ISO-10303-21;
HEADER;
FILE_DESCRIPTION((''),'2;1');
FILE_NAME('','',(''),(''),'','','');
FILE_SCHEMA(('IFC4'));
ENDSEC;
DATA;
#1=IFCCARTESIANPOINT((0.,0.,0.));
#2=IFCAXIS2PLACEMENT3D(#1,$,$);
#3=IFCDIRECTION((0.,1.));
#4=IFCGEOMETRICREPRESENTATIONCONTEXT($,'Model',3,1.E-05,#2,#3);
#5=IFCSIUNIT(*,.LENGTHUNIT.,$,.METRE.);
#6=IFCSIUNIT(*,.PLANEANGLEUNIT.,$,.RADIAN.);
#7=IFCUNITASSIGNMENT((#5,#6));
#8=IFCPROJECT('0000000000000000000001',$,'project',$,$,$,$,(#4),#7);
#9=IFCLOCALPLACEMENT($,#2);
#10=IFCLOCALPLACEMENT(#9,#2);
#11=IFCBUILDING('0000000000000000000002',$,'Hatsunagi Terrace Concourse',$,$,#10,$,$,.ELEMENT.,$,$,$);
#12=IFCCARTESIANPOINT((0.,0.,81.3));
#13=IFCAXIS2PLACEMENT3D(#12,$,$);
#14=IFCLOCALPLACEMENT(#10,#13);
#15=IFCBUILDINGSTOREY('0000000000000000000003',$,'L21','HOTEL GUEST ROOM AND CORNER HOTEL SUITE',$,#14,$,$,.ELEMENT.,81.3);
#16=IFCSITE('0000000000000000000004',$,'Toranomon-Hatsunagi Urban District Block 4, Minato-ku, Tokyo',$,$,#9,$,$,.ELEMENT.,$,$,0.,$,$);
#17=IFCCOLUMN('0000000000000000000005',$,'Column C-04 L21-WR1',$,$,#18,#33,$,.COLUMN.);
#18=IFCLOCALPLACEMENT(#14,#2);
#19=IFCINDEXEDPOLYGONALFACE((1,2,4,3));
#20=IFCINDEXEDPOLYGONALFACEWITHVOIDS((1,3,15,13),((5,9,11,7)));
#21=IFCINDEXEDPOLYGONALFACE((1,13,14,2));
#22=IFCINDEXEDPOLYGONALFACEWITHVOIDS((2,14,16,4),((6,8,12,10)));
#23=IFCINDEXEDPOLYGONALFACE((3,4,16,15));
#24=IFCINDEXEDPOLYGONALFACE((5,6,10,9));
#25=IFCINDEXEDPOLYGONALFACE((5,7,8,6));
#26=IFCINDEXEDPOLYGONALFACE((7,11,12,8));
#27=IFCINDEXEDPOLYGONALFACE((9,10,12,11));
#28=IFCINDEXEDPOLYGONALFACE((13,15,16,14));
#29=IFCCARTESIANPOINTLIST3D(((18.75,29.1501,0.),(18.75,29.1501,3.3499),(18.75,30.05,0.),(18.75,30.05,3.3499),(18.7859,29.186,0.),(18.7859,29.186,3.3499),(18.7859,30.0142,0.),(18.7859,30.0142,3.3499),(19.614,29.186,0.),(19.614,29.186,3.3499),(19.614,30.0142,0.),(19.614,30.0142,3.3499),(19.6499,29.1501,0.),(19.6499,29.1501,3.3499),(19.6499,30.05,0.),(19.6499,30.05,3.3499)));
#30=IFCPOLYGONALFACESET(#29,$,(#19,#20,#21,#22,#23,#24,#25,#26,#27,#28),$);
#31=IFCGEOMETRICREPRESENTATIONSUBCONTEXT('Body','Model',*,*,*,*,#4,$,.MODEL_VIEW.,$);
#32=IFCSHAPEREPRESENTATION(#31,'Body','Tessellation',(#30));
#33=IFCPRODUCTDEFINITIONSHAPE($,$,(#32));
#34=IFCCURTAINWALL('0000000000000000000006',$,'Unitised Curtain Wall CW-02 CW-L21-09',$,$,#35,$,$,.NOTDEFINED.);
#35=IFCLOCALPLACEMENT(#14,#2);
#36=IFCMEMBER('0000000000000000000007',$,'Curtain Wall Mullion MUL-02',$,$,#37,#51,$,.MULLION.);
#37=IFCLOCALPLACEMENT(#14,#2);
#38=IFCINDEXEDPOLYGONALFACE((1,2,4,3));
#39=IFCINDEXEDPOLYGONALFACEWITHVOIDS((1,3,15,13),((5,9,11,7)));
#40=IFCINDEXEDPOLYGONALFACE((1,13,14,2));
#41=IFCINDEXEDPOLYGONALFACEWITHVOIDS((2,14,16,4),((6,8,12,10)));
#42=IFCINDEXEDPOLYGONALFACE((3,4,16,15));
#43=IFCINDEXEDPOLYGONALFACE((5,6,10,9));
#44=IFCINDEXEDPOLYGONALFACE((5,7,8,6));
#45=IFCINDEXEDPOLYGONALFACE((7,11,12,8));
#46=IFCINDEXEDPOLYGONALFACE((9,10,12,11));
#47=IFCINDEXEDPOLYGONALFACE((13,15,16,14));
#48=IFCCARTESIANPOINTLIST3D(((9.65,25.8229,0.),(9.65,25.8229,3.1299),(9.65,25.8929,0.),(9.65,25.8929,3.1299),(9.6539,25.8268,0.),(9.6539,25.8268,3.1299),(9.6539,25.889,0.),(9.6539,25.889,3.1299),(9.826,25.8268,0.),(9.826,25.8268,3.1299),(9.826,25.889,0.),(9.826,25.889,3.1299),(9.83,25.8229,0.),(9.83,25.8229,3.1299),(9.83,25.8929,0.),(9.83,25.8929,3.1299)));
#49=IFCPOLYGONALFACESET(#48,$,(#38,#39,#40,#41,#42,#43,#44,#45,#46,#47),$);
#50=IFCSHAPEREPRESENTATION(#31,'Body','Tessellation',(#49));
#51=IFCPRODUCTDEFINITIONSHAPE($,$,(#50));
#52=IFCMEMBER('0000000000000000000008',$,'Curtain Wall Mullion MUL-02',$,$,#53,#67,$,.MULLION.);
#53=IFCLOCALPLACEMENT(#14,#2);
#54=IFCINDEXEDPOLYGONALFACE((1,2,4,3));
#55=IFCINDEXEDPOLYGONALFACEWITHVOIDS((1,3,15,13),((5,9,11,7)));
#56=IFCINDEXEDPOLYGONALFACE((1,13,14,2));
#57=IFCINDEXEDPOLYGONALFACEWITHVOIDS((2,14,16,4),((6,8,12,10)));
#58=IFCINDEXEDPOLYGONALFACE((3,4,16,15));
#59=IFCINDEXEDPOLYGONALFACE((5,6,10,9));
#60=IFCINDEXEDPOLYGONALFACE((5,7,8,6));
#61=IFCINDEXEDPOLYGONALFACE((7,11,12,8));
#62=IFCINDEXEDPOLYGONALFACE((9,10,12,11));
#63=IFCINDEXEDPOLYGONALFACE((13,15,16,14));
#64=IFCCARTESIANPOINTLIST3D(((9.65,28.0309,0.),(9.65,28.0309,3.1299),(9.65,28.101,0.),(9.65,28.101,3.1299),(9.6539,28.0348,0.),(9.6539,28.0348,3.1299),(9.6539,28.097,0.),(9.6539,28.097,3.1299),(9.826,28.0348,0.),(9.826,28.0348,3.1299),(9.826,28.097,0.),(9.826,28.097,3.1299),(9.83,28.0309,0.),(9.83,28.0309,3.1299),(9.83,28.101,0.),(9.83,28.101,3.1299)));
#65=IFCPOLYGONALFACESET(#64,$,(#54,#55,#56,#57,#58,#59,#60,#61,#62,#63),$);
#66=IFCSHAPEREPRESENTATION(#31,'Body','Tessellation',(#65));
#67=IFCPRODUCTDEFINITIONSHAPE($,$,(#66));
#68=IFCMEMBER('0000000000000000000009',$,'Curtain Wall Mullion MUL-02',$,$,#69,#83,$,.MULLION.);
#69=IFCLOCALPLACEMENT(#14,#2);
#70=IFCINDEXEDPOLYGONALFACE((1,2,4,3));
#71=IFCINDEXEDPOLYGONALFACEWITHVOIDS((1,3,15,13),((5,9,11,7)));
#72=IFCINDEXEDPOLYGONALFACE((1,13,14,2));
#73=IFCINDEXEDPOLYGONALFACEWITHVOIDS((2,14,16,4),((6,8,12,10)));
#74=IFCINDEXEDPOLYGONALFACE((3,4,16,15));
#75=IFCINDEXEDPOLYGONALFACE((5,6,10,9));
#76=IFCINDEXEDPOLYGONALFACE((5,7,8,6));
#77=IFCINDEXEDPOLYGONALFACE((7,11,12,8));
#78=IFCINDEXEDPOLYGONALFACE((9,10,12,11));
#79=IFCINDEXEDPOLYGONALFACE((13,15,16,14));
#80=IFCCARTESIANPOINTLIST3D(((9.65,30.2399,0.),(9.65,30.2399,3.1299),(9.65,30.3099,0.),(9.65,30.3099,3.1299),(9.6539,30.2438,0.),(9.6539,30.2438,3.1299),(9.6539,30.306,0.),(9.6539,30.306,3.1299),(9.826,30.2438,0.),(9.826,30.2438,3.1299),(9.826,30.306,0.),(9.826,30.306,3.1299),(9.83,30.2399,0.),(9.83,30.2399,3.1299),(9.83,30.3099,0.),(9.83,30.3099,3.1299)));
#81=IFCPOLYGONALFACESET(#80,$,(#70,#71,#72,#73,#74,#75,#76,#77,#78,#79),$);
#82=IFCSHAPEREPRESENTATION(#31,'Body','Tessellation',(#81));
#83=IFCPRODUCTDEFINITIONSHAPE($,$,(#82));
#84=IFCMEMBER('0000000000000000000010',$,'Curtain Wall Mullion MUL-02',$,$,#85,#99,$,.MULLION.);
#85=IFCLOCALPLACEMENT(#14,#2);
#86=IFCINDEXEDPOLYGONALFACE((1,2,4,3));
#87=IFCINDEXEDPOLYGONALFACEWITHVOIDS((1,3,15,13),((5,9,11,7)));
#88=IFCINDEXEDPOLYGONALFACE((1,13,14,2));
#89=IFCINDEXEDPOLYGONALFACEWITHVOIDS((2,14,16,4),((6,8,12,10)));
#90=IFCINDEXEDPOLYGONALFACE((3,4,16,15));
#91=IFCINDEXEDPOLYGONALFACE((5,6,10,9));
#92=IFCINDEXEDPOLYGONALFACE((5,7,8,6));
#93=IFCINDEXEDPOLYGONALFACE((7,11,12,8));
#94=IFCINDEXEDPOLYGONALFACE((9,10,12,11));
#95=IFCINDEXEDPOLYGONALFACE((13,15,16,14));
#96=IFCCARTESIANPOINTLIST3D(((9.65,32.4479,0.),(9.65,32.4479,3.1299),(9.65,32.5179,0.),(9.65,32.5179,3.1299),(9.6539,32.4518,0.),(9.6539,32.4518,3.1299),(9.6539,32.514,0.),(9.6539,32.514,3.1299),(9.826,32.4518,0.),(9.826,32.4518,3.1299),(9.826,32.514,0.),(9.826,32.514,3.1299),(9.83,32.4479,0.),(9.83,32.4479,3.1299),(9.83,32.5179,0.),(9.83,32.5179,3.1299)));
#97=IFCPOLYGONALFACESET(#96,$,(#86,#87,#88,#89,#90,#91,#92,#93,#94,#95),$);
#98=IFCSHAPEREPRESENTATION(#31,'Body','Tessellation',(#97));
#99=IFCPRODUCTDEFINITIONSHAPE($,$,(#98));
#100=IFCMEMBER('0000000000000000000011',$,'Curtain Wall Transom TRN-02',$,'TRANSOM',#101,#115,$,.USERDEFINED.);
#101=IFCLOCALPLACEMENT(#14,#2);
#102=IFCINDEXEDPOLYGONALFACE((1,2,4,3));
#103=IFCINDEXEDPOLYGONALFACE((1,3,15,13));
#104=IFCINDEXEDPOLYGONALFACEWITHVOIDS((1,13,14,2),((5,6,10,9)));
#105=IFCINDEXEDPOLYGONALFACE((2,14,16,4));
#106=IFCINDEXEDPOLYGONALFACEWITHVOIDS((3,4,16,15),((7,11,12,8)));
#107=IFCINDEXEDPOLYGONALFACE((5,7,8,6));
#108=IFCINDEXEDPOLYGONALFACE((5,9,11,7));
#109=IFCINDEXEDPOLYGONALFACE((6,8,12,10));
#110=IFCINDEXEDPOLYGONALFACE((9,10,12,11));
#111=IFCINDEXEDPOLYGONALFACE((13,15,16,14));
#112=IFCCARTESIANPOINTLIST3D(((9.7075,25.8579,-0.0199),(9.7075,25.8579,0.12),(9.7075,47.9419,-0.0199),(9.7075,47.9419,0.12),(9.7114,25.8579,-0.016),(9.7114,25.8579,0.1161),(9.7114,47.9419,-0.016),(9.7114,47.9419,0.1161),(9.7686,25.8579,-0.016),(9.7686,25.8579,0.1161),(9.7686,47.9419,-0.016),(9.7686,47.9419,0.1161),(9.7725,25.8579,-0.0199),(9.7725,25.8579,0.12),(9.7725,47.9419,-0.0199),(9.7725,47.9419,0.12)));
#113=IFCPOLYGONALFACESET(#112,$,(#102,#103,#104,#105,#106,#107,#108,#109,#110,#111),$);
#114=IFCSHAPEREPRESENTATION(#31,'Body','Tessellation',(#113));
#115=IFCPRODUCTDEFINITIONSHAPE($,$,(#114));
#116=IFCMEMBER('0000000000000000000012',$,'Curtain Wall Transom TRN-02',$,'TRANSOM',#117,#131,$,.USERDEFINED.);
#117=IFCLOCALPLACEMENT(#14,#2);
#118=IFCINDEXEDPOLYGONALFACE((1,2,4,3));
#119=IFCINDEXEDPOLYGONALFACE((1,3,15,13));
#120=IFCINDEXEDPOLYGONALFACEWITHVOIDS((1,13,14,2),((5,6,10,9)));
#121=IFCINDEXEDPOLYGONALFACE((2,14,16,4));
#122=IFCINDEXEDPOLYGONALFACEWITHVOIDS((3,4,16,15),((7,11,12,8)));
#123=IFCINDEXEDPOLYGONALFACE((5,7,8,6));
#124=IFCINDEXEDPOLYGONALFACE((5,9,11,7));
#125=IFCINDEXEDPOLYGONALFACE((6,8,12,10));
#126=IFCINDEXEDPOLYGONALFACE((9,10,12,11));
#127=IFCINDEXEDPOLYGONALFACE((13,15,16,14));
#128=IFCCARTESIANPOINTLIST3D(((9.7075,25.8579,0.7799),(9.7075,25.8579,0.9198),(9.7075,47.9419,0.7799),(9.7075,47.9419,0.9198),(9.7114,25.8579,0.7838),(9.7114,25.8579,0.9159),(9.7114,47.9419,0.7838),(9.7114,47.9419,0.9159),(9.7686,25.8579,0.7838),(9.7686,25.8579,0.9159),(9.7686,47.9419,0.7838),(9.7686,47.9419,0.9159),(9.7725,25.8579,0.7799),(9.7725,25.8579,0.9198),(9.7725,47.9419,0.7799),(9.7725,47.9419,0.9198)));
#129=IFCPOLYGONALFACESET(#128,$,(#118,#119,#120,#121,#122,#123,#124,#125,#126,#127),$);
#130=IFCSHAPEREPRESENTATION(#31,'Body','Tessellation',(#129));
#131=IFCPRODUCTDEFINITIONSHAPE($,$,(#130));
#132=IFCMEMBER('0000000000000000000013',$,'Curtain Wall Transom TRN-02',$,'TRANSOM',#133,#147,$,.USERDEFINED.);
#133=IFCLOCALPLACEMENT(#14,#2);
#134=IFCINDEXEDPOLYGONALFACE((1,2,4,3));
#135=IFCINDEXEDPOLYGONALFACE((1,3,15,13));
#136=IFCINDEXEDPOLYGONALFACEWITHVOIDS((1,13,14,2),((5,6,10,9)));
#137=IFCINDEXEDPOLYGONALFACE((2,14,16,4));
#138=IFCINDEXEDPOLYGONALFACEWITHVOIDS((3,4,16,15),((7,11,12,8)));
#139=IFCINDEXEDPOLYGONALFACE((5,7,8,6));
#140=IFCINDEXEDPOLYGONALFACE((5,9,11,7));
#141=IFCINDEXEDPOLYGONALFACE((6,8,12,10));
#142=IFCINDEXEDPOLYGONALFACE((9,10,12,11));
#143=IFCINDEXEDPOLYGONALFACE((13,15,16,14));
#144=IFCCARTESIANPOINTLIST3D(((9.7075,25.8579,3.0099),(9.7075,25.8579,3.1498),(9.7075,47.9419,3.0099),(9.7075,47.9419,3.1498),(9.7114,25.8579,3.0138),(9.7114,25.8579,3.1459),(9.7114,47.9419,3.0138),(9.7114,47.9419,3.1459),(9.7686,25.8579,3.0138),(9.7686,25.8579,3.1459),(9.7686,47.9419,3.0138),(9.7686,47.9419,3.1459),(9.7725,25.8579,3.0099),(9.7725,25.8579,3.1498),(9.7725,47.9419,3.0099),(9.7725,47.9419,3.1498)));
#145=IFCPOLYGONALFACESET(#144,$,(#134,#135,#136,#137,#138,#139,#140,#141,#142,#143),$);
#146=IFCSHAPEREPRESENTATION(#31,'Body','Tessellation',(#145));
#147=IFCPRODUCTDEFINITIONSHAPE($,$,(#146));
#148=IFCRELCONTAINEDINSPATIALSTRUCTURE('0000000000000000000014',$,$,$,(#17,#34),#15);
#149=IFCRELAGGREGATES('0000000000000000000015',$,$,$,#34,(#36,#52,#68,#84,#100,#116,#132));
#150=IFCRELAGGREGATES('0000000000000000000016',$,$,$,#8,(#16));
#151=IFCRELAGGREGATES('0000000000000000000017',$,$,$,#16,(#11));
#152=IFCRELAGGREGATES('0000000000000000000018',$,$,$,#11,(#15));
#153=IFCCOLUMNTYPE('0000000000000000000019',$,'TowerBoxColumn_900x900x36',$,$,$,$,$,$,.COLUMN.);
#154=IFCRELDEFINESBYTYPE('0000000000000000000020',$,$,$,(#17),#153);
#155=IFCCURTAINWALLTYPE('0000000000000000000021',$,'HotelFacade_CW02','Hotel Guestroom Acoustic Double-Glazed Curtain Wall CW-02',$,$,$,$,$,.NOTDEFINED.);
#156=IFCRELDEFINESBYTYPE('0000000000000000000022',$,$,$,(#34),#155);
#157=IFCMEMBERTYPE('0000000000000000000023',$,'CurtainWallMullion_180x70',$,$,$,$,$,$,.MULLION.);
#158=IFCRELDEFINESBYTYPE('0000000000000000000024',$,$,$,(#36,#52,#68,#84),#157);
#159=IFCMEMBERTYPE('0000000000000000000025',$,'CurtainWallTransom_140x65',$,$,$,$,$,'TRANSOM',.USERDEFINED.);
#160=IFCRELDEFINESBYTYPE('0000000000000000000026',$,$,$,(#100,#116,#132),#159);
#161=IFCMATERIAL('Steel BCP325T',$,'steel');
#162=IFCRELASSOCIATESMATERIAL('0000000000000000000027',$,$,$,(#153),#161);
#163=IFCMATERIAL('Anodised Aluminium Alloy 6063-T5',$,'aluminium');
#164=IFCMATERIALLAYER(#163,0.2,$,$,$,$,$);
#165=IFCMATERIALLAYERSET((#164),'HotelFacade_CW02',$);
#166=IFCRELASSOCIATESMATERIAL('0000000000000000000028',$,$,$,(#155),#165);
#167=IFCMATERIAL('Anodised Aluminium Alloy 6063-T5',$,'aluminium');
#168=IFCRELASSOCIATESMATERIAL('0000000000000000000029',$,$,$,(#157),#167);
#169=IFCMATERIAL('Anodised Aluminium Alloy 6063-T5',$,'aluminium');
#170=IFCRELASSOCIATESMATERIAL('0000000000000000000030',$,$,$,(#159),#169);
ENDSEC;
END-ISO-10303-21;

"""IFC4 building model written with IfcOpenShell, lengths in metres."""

from ifc_helpers import new_model, si_unit, direction, frame, origin, origin_2d, place, context, subcontext, project, spatial, hollow_rectangle, extrude, material, layer, layer_set, material_profile, profile_set, type_object, element, aggregate, save


model = new_model("IFC4")

# Units and contexts
model_context = context("Model", 3, precision=1e-05, world=origin(), true_north=direction((0.0, 1.0)))
body_context = subcontext(model_context, "Body", "Model", "MODEL_VIEW")
ifc_project = project(units=[si_unit("LENGTHUNIT", "METRE"), si_unit("PLANEANGLEUNIT", "RADIAN")], contexts=[model_context])

# Site, building, storey
site_placement = place(None, origin())
site = spatial("IfcSite", under=ifc_project, at=site_placement, Name="Toranomon-Hatsunagi Urban District Block 4, Minato-ku, Tokyo", CompositionType="ELEMENT", RefElevation=0.0)
building_placement = place(site_placement, origin())
building = spatial("IfcBuilding", under=site, at=building_placement, Name="Hatsunagi Terrace Concourse", CompositionType="ELEMENT")
storey_placement = place(building_placement, frame((0.0, 0.0, 81.3)))
storey = spatial("IfcBuildingStorey", under=building, at=storey_placement, Name="L21", Description="HOTEL GUEST ROOM AND CORNER HOTEL SUITE", CompositionType="ELEMENT", Elevation=81.3)

# Column
ifc_material_1 = material(Name="Steel BCP325T", Category="steel")
ifc_material_profile_1 = material_profile(ifc_material_1, hollow_rectangle(XDim=0.8999, YDim=0.8999, WallThickness=0.0359, at=origin_2d()), Name="BCP-900x900x36")
ifc_profile_set_1 = profile_set([ifc_material_profile_1], Name="Steel BCP325T")
column_type = type_object("IfcColumnType", Name="TowerBoxColumn_900x900x36", PredefinedType="COLUMN", material=ifc_profile_set_1)
column_placement = place(storey_placement, frame((19.2, 29.6001, 0.0), z_axis=(0.0, 0.0, 1.0), x_axis=(1.0, 0.0, 0.0)))
element("IfcColumn", 1, at=column_placement, inside=storey, type_object=column_type, Name="Column C-04 L21-WR1", PredefinedType="COLUMN", context=body_context, shape_type="SweptSolid", body=[
    extrude(hollow_rectangle(XDim=0.8999, YDim=0.8999, WallThickness=0.0359, at=origin_2d()), origin(), (0.0, 0.0, 1.0), 3.3499),
])

# Curtain wall, members
ifc_material_2 = material(Name="Anodised Aluminium Alloy 6063-T5", Category="aluminium")
ifc_layer_1 = layer(ifc_material_2, 0.2)
ifc_layer_set_1 = layer_set([ifc_layer_1], Name="HotelFacade_CW02")
curtain_wall_type = type_object("IfcCurtainWallType", Name="HotelFacade_CW02", Description="Hotel Guestroom Acoustic Double-Glazed Curtain Wall CW-02", PredefinedType="NOTDEFINED", material=ifc_layer_set_1)
curtain_wall_placement = place(storey_placement, origin())
curtain_wall = element("IfcCurtainWall", 2, at=curtain_wall_placement, inside=storey, type_object=curtain_wall_type, Name="Unitised Curtain Wall CW-02 CW-L21-09", PredefinedType="NOTDEFINED")
ifc_material_3 = material(Name="Anodised Aluminium Alloy 6063-T5", Category="aluminium")
ifc_material_profile_2 = material_profile(ifc_material_3, hollow_rectangle(XDim=0.0701, YDim=0.1799, WallThickness=0.0039, at=origin_2d()), Name="ALU-MUL-180x70x4")
ifc_profile_set_2 = profile_set([ifc_material_profile_2], Name="Anodised Aluminium Alloy 6063-T5")
member_type_1 = type_object("IfcMemberType", Name="CurtainWallMullion_180x70", PredefinedType="MULLION", material=ifc_profile_set_2)
member_1_placement = place(storey_placement, frame((9.74, 25.8579, 0.0), z_axis=(0.0, 0.0, 1.0), x_axis=(0.0, 1.0, 0.0)))
member_1 = element("IfcMember", 3, at=member_1_placement, type_object=member_type_1, Name="Curtain Wall Mullion MUL-02", PredefinedType="MULLION", context=body_context, shape_type="SweptSolid", body=[
    extrude(hollow_rectangle(XDim=0.0701, YDim=0.1799, WallThickness=0.0039, at=origin_2d()), origin(), (0.0, 0.0, 1.0), 3.1299),
])
member_2_placement = place(storey_placement, frame((9.74, 28.0659, 0.0), z_axis=(0.0, 0.0, 1.0), x_axis=(0.0, 1.0, 0.0)))
member_2 = element("IfcMember", 4, at=member_2_placement, type_object=member_type_1, Name="Curtain Wall Mullion MUL-02", PredefinedType="MULLION", context=body_context, shape_type="SweptSolid", body=[
    extrude(hollow_rectangle(XDim=0.0701, YDim=0.1799, WallThickness=0.0039, at=origin_2d()), origin(), (0.0, 0.0, 1.0), 3.1299),
])
member_3_placement = place(storey_placement, frame((9.74, 30.2749, 0.0), z_axis=(0.0, 0.0, 1.0), x_axis=(0.0, 1.0, 0.0)))
member_3 = element("IfcMember", 5, at=member_3_placement, type_object=member_type_1, Name="Curtain Wall Mullion MUL-02", PredefinedType="MULLION", context=body_context, shape_type="SweptSolid", body=[
    extrude(hollow_rectangle(XDim=0.0701, YDim=0.1799, WallThickness=0.0039, at=origin_2d()), origin(), (0.0, 0.0, 1.0), 3.1299),
])
member_4_placement = place(storey_placement, frame((9.74, 32.4829, 0.0), z_axis=(0.0, 0.0, 1.0), x_axis=(0.0, 1.0, 0.0)))
member_4 = element("IfcMember", 6, at=member_4_placement, type_object=member_type_1, Name="Curtain Wall Mullion MUL-02", PredefinedType="MULLION", context=body_context, shape_type="SweptSolid", body=[
    extrude(hollow_rectangle(XDim=0.0701, YDim=0.1799, WallThickness=0.0039, at=origin_2d()), origin(), (0.0, 0.0, 1.0), 3.1299),
])
ifc_material_4 = material(Name="Anodised Aluminium Alloy 6063-T5", Category="aluminium")
ifc_material_profile_3 = material_profile(ifc_material_4, hollow_rectangle(XDim=0.0649, YDim=0.1399, WallThickness=0.0039, at=origin_2d()), Name="ALU-TRN-140x65x4")
ifc_profile_set_3 = profile_set([ifc_material_profile_3], Name="Anodised Aluminium Alloy 6063-T5")
member_type_2 = type_object("IfcMemberType", Name="CurtainWallTransom_140x65", ElementType="TRANSOM", PredefinedType="USERDEFINED", material=ifc_profile_set_3)
member_5_placement = place(storey_placement, frame((9.74, 25.8579, 0.05), z_axis=(0.0, 1.0, 0.0), x_axis=(-1.0, 0.0, 0.0)))
member_5 = element("IfcMember", 7, at=member_5_placement, type_object=member_type_2, Name="Curtain Wall Transom TRN-02", ObjectType="TRANSOM", PredefinedType="USERDEFINED", context=body_context, shape_type="SweptSolid", body=[
    extrude(hollow_rectangle(XDim=0.0649, YDim=0.1399, WallThickness=0.0039, at=origin_2d()), origin(), (0.0, 0.0, 1.0), 22.084),
])
member_6_placement = place(storey_placement, frame((9.74, 25.8579, 0.8499), z_axis=(0.0, 1.0, 0.0), x_axis=(-1.0, 0.0, 0.0)))
member_6 = element("IfcMember", 8, at=member_6_placement, type_object=member_type_2, Name="Curtain Wall Transom TRN-02", ObjectType="TRANSOM", PredefinedType="USERDEFINED", context=body_context, shape_type="SweptSolid", body=[
    extrude(hollow_rectangle(XDim=0.0649, YDim=0.1399, WallThickness=0.0039, at=origin_2d()), origin(), (0.0, 0.0, 1.0), 22.084),
])
member_7_placement = place(storey_placement, frame((9.74, 25.8579, 3.0798), z_axis=(0.0, 1.0, 0.0), x_axis=(-1.0, 0.0, 0.0)))
member_7 = element("IfcMember", 9, at=member_7_placement, type_object=member_type_2, Name="Curtain Wall Transom TRN-02", ObjectType="TRANSOM", PredefinedType="USERDEFINED", context=body_context, shape_type="SweptSolid", body=[
    extrude(hollow_rectangle(XDim=0.0649, YDim=0.1399, WallThickness=0.0039, at=origin_2d()), origin(), (0.0, 0.0, 1.0), 22.084),
])

aggregate(curtain_wall, [member_1, member_2, member_3, member_4, member_5, member_6, member_7])

save(model, "model.ifc")
